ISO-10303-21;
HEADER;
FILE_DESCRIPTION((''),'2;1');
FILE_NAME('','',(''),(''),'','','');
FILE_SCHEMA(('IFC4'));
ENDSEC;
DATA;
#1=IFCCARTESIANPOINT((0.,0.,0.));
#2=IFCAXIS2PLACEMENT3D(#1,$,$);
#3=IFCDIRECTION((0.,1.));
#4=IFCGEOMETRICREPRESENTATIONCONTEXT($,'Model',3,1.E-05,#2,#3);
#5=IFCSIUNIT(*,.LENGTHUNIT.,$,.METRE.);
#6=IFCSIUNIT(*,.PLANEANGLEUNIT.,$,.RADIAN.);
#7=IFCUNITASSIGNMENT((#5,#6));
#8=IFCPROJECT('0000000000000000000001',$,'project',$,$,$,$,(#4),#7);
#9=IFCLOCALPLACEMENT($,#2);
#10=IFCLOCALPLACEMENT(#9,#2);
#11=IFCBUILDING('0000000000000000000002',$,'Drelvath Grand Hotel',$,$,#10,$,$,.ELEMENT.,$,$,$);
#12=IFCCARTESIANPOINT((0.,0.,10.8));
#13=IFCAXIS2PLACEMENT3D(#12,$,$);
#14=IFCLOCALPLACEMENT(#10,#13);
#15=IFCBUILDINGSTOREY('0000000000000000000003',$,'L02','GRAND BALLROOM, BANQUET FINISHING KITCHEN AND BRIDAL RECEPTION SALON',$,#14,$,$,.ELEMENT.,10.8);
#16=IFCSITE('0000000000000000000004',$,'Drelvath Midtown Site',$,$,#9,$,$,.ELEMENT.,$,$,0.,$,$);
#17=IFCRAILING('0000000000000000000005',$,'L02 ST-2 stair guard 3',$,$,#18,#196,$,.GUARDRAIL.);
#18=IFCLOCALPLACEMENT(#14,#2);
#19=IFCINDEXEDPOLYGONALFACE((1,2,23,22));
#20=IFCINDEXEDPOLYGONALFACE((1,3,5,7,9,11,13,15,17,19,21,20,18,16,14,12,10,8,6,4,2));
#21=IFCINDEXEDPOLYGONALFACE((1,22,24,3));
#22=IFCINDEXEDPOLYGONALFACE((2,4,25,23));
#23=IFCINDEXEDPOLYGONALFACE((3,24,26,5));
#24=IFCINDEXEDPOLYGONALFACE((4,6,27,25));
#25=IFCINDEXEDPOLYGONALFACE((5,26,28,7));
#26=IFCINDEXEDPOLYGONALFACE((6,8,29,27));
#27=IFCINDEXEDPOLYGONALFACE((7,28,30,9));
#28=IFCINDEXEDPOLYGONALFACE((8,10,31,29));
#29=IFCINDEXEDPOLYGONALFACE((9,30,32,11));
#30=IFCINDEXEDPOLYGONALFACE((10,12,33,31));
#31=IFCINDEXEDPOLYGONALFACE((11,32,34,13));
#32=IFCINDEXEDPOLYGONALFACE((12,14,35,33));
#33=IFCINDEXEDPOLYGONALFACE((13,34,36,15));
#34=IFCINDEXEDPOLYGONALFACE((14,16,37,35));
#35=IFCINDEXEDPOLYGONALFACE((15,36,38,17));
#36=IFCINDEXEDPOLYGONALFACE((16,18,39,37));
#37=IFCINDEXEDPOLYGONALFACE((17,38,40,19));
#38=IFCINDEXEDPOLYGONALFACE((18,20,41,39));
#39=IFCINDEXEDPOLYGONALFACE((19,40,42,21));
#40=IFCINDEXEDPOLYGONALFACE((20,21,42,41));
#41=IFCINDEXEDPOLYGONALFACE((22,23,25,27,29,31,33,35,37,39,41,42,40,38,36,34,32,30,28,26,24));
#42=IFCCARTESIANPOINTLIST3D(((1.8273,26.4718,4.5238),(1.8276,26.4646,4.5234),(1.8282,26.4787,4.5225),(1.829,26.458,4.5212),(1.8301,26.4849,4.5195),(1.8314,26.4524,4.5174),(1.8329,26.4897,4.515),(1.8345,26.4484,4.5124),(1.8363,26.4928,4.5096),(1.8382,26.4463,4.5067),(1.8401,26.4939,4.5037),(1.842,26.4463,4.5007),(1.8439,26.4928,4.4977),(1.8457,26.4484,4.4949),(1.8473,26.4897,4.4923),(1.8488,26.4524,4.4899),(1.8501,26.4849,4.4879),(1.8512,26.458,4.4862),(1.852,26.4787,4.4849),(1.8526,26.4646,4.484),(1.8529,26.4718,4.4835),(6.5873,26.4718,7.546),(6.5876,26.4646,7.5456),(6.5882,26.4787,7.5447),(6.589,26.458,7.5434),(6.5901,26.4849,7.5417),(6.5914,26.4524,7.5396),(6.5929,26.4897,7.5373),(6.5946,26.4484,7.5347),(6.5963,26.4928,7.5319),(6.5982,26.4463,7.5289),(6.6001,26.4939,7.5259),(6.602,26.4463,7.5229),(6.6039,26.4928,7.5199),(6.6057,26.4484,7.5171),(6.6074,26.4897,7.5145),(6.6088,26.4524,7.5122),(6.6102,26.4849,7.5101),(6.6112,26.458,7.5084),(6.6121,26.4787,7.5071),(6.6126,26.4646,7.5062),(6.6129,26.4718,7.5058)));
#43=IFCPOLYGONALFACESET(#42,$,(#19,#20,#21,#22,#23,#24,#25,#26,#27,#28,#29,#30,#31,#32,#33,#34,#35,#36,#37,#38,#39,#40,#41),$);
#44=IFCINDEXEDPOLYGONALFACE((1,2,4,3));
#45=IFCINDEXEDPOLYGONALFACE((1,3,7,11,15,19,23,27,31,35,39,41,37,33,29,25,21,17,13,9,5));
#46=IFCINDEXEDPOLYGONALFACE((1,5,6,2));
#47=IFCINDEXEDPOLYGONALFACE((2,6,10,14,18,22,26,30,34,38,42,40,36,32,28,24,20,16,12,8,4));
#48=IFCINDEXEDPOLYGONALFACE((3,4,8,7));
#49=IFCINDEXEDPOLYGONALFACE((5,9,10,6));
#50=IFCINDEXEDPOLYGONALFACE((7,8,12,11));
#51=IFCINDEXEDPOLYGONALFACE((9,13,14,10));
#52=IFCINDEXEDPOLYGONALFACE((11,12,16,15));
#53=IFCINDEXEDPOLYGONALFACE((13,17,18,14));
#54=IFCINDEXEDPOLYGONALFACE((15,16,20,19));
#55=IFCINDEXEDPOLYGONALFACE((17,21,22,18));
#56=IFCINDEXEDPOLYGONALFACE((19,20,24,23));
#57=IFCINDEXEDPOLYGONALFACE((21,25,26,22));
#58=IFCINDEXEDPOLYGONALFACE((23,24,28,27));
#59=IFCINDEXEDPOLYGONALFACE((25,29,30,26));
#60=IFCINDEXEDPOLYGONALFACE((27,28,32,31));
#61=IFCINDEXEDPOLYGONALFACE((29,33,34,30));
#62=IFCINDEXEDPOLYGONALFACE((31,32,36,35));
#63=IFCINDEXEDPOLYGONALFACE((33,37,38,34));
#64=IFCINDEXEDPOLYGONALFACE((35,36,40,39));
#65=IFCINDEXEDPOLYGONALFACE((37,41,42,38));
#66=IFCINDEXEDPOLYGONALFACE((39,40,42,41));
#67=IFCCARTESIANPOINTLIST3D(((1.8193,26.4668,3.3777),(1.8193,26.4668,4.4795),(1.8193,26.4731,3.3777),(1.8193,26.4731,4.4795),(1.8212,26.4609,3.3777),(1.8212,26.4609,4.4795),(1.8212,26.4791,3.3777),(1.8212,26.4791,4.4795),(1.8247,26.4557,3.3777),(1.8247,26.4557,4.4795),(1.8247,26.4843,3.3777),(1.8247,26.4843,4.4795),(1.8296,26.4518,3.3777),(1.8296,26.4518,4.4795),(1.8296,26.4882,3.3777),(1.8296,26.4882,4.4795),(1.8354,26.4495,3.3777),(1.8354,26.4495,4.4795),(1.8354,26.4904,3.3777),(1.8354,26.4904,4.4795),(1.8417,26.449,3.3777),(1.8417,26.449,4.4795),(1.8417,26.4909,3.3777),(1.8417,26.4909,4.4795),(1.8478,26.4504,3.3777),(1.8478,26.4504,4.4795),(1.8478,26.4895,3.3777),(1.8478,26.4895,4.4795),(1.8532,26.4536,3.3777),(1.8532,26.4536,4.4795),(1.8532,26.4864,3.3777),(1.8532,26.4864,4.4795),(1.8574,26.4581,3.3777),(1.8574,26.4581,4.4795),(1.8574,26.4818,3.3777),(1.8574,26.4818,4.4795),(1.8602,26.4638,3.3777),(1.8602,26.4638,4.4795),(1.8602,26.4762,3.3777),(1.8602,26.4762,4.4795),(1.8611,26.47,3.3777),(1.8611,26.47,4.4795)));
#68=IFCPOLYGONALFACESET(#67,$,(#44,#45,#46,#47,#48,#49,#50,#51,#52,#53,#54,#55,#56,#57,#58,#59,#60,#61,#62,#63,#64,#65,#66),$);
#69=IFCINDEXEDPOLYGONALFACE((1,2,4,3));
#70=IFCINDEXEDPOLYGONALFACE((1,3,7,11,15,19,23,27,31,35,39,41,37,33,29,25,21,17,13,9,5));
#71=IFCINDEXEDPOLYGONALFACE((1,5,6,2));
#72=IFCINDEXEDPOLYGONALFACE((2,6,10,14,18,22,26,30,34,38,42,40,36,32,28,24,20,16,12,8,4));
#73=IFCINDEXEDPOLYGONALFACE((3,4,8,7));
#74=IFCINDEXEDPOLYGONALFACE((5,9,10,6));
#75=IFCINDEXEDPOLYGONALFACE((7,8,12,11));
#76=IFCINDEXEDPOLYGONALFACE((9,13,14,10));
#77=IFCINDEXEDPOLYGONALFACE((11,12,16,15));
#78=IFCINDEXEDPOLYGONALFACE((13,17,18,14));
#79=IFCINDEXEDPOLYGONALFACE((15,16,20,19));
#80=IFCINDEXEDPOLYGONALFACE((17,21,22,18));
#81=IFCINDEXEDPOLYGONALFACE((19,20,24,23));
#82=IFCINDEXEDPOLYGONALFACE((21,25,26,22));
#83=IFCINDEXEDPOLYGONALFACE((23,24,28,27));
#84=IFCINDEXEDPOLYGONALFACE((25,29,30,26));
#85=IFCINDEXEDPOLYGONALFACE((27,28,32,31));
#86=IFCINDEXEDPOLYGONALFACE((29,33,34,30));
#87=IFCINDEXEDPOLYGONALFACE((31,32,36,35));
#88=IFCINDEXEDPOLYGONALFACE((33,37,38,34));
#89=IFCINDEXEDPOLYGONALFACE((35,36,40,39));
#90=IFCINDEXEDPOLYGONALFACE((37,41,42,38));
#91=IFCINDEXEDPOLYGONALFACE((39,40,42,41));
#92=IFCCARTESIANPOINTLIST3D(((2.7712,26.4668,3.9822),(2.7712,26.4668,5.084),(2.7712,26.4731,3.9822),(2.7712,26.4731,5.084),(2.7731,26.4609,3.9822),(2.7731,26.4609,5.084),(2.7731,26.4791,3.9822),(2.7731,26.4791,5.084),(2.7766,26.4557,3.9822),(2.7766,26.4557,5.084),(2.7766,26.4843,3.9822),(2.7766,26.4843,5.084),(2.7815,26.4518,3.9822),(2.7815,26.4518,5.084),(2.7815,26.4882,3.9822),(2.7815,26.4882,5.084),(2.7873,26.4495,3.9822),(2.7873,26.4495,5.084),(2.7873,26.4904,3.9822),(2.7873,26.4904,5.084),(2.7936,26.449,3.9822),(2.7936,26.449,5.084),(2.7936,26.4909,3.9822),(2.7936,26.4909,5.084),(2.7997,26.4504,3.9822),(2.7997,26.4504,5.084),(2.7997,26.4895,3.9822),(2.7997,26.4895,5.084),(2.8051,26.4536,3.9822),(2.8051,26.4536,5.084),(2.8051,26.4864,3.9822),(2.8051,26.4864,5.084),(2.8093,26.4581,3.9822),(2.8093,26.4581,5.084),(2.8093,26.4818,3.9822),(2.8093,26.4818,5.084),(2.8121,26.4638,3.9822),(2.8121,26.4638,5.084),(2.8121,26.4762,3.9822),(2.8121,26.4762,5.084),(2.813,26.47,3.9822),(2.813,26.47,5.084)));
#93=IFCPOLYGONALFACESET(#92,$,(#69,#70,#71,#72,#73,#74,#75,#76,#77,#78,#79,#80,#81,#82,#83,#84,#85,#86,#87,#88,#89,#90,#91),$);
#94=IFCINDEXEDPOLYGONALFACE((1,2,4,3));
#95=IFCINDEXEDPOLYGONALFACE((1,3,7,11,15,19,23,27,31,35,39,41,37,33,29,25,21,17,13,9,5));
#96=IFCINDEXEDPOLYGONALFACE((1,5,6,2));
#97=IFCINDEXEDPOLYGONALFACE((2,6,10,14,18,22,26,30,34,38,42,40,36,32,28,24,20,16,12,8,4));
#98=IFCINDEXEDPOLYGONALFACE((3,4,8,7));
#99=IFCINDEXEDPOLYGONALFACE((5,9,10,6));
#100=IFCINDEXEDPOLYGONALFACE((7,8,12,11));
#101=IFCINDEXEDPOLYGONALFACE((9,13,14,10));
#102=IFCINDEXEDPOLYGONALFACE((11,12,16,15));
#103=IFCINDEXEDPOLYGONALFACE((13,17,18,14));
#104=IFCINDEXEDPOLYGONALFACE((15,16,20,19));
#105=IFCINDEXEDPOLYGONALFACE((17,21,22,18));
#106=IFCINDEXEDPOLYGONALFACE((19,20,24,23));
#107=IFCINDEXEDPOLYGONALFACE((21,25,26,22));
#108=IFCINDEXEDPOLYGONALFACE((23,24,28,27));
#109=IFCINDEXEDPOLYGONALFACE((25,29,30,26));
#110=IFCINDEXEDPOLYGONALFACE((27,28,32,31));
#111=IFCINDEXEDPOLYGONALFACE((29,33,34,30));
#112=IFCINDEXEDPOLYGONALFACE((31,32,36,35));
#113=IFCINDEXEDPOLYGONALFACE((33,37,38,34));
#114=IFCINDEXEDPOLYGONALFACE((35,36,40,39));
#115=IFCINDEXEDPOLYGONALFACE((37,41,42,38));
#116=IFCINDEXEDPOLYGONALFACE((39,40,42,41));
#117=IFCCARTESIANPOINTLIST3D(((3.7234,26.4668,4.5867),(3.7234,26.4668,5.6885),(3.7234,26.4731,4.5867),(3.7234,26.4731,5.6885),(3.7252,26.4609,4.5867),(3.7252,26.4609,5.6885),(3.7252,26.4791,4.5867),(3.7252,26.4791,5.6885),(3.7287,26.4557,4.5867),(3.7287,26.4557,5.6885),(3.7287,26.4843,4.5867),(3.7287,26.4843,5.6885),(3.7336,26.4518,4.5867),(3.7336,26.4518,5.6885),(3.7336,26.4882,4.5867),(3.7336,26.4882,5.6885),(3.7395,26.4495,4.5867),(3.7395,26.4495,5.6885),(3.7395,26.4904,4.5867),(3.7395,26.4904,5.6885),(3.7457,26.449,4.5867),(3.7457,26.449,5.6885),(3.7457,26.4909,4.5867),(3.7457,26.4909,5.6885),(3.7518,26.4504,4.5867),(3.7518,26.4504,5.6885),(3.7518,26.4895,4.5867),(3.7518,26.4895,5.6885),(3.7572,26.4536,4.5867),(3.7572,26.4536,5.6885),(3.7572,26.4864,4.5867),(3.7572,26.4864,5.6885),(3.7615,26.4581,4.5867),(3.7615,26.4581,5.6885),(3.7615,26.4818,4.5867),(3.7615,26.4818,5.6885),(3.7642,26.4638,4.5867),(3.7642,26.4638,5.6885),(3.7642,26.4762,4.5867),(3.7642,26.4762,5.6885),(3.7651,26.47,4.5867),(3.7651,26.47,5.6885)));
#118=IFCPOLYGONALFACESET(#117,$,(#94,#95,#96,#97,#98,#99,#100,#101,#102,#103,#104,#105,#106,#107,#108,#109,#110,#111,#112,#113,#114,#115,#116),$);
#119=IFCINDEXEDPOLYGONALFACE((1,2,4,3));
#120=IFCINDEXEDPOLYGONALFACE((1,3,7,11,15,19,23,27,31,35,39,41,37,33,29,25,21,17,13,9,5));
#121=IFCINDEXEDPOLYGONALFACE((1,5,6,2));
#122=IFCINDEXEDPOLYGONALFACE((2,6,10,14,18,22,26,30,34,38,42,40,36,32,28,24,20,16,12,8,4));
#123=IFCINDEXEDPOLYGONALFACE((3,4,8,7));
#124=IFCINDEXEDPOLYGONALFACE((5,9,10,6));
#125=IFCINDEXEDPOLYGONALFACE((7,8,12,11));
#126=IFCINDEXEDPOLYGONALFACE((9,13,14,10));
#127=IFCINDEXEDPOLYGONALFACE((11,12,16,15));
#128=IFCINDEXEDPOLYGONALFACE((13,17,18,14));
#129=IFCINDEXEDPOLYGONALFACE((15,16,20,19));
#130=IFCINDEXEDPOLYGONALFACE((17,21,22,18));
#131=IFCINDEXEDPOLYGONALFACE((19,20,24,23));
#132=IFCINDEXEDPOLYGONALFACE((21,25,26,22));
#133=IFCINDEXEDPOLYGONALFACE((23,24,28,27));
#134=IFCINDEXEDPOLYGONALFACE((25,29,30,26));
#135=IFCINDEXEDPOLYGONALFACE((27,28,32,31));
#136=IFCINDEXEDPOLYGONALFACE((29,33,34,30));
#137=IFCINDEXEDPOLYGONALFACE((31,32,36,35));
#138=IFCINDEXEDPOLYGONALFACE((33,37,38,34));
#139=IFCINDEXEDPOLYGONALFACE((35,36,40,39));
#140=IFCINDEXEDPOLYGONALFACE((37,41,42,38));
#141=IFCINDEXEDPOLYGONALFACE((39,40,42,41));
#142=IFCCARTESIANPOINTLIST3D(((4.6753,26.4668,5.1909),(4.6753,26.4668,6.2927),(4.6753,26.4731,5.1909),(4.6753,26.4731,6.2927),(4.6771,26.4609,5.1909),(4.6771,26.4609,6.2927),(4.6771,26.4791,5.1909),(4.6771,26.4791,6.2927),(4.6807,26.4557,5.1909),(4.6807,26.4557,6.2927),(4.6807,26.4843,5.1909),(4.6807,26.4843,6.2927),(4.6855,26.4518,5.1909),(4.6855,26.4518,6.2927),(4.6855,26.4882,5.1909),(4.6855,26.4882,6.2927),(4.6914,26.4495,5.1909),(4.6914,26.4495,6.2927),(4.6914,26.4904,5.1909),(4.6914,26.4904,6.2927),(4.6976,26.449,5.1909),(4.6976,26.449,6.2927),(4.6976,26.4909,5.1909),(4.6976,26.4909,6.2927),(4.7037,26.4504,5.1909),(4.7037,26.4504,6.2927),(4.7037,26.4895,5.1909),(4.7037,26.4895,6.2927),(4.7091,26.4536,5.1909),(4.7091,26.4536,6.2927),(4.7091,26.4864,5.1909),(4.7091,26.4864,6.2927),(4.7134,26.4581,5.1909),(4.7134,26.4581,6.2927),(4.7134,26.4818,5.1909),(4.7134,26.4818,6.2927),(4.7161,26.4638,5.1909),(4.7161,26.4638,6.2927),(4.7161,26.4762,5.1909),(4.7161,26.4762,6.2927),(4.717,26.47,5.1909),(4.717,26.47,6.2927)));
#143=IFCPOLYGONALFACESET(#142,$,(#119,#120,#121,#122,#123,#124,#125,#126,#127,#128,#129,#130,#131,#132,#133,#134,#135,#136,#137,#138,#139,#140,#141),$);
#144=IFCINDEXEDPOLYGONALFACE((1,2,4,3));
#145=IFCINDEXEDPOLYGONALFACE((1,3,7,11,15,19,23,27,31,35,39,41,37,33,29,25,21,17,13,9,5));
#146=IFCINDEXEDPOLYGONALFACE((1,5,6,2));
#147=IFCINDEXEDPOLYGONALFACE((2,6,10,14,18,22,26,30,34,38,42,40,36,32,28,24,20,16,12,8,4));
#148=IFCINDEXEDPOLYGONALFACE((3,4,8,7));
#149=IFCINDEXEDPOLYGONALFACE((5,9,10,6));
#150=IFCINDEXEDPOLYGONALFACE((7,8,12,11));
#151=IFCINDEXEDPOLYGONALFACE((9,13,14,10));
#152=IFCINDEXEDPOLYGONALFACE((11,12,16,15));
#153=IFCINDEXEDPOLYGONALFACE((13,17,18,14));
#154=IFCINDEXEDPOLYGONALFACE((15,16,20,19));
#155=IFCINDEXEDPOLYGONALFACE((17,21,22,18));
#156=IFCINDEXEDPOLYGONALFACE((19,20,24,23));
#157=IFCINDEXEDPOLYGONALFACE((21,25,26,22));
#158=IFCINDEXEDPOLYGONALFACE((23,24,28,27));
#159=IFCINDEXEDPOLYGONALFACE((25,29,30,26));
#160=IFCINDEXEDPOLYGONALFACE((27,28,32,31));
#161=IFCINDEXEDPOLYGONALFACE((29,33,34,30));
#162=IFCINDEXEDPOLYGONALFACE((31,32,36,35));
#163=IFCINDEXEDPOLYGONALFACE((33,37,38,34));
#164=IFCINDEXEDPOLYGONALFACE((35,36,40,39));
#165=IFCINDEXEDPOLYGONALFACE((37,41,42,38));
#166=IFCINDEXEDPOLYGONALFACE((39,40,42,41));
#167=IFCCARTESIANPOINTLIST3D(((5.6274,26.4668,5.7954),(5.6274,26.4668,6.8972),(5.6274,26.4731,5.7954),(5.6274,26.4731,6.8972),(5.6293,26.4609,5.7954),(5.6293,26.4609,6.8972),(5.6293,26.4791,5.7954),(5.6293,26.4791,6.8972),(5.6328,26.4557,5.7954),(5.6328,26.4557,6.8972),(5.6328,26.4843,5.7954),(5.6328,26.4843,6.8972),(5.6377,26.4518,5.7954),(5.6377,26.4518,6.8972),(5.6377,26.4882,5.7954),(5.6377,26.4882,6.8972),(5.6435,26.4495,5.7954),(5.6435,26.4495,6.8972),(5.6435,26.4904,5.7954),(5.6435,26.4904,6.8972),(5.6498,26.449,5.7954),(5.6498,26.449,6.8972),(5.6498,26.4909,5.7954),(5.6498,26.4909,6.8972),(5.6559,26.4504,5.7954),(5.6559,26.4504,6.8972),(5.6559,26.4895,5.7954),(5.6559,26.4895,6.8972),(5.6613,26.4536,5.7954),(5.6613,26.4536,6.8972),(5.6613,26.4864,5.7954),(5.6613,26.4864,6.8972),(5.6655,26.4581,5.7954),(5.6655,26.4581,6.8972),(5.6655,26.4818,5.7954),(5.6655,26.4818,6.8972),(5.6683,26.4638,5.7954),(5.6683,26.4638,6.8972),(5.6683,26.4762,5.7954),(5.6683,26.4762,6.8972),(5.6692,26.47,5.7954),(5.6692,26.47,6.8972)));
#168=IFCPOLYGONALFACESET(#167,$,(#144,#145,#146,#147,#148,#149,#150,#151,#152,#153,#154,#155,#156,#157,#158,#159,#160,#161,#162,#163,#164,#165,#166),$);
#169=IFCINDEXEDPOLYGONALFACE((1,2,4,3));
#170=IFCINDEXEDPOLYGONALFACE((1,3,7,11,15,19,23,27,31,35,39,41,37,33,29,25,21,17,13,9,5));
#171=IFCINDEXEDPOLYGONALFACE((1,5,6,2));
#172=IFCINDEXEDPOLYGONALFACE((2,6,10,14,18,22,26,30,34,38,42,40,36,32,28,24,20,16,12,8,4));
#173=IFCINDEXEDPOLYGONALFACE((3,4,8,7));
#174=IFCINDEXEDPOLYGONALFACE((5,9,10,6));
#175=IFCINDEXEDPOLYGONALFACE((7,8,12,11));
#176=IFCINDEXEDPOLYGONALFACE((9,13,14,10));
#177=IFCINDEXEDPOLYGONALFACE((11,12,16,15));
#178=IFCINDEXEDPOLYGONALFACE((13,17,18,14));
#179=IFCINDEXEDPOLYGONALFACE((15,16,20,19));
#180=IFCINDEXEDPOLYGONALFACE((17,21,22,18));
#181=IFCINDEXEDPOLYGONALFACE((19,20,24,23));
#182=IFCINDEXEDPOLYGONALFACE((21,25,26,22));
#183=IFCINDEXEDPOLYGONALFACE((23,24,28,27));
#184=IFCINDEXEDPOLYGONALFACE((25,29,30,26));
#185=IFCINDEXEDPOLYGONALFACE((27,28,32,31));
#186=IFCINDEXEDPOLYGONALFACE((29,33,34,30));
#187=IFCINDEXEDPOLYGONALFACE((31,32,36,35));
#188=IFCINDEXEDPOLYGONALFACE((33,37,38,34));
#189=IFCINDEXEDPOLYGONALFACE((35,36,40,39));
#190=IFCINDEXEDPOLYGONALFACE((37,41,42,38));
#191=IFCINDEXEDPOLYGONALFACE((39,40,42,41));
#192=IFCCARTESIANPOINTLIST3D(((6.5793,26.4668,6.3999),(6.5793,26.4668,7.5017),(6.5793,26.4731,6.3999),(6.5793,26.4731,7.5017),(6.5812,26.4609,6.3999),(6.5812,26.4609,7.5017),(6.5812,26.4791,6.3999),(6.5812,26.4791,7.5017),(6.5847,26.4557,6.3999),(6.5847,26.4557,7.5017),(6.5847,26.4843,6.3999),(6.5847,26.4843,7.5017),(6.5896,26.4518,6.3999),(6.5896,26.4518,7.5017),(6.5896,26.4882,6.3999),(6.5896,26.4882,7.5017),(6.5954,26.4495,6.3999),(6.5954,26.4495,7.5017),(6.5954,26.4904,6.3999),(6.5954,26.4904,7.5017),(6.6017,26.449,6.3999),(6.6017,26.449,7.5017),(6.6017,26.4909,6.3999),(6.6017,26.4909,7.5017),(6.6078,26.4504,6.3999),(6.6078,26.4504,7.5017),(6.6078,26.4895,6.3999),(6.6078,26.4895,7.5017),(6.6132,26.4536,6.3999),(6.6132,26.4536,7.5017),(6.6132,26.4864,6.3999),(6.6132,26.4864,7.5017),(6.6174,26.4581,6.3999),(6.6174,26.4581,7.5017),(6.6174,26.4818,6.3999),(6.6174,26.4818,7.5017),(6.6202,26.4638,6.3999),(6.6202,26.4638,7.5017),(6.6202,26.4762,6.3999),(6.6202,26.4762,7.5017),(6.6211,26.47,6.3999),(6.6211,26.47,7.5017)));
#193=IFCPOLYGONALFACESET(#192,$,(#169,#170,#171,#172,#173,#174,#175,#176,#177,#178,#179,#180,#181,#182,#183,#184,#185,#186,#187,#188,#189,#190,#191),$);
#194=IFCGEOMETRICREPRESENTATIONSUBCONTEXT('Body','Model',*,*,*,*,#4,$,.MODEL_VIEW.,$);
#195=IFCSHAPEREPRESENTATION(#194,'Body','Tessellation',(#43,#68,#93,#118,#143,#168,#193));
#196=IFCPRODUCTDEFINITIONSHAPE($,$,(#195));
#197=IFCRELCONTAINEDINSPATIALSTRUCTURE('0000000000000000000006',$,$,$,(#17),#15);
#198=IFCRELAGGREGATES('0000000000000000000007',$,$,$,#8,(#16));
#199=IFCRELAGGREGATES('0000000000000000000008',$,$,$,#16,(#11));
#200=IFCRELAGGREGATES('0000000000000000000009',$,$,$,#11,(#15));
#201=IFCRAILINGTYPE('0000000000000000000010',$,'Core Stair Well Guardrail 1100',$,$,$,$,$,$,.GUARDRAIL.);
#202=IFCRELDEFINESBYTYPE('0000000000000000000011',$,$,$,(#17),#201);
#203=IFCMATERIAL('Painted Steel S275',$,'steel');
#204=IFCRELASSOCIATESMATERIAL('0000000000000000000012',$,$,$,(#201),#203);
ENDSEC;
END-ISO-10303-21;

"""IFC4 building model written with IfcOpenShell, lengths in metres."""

from ifc_helpers import new_model, si_unit, direction, frame, origin, origin_2d, place, context, subcontext, project, spatial, circle, extrude, material, type_object, element, save


model = new_model("IFC4")

# Units and contexts
model_context = context("Model", 3, precision=1e-05, world=origin(), true_north=direction((0.0, 1.0)))
body_context = subcontext(model_context, "Body", "Model", "MODEL_VIEW")
ifc_project = project(units=[si_unit("LENGTHUNIT", "METRE"), si_unit("PLANEANGLEUNIT", "RADIAN")], contexts=[model_context])

# Site, building, storey
site_placement = place(None, origin())
site = spatial("IfcSite", under=ifc_project, at=site_placement, Name="Drelvath Midtown Site", CompositionType="ELEMENT", RefElevation=0.0)
building_placement = place(site_placement, origin())
building = spatial("IfcBuilding", under=site, at=building_placement, Name="Drelvath Grand Hotel", CompositionType="ELEMENT")
storey_placement = place(building_placement, frame((0.0, 0.0, 10.8)))
storey = spatial("IfcBuildingStorey", under=building, at=storey_placement, Name="L02", Description="GRAND BALLROOM, BANQUET FINISHING KITCHEN AND BRIDAL RECEPTION SALON", CompositionType="ELEMENT", Elevation=10.8)

# Shared definitions
ifc_material_1 = material(Name="Painted Steel S275", Category="steel")

# Railing
railing_type_1 = type_object("IfcRailingType", Name="Core Stair Well Guardrail 1100", PredefinedType="GUARDRAIL", material=ifc_material_1)
railing_1_placement = place(storey_placement, frame((1.8401, 26.47, 3.3777)))
element("IfcRailing", 1, at=railing_1_placement, inside=storey, type_object=railing_type_1, Name="L02 ST-2 stair guard 3", PredefinedType="GUARDRAIL", context=body_context, shape_type="SweptSolid", body=[
    extrude(circle(Radius=0.0239, at=origin_2d()), frame((0.0, 0.0, 1.126), z_axis=(0.844214, 0.0, 0.536007), x_axis=(0.0, 1.0, 0.0)), (0.0, 0.0, 1.0), 5.6384),
    extrude(circle(Radius=0.021, at=origin_2d()), origin(), (0.0, 0.0, 1.0), 1.1018),
    extrude(circle(Radius=0.021, at=origin_2d()), frame((0.9519, 0.0, 0.6045)), (0.0, 0.0, 1.0), 1.1018),
    extrude(circle(Radius=0.021, at=origin_2d()), frame((1.9041, 0.0, 1.209)), (0.0, 0.0, 1.0), 1.1018),
    extrude(circle(Radius=0.021, at=origin_2d()), frame((2.856, 0.0, 1.8132)), (0.0, 0.0, 1.0), 1.1018),
    extrude(circle(Radius=0.021, at=origin_2d()), frame((3.8081, 0.0, 2.4177)), (0.0, 0.0, 1.0), 1.1018),
    extrude(circle(Radius=0.021, at=origin_2d()), frame((4.76, 0.0, 3.0222)), (0.0, 0.0, 1.0), 1.1018),
])

save(model, "model.ifc")
